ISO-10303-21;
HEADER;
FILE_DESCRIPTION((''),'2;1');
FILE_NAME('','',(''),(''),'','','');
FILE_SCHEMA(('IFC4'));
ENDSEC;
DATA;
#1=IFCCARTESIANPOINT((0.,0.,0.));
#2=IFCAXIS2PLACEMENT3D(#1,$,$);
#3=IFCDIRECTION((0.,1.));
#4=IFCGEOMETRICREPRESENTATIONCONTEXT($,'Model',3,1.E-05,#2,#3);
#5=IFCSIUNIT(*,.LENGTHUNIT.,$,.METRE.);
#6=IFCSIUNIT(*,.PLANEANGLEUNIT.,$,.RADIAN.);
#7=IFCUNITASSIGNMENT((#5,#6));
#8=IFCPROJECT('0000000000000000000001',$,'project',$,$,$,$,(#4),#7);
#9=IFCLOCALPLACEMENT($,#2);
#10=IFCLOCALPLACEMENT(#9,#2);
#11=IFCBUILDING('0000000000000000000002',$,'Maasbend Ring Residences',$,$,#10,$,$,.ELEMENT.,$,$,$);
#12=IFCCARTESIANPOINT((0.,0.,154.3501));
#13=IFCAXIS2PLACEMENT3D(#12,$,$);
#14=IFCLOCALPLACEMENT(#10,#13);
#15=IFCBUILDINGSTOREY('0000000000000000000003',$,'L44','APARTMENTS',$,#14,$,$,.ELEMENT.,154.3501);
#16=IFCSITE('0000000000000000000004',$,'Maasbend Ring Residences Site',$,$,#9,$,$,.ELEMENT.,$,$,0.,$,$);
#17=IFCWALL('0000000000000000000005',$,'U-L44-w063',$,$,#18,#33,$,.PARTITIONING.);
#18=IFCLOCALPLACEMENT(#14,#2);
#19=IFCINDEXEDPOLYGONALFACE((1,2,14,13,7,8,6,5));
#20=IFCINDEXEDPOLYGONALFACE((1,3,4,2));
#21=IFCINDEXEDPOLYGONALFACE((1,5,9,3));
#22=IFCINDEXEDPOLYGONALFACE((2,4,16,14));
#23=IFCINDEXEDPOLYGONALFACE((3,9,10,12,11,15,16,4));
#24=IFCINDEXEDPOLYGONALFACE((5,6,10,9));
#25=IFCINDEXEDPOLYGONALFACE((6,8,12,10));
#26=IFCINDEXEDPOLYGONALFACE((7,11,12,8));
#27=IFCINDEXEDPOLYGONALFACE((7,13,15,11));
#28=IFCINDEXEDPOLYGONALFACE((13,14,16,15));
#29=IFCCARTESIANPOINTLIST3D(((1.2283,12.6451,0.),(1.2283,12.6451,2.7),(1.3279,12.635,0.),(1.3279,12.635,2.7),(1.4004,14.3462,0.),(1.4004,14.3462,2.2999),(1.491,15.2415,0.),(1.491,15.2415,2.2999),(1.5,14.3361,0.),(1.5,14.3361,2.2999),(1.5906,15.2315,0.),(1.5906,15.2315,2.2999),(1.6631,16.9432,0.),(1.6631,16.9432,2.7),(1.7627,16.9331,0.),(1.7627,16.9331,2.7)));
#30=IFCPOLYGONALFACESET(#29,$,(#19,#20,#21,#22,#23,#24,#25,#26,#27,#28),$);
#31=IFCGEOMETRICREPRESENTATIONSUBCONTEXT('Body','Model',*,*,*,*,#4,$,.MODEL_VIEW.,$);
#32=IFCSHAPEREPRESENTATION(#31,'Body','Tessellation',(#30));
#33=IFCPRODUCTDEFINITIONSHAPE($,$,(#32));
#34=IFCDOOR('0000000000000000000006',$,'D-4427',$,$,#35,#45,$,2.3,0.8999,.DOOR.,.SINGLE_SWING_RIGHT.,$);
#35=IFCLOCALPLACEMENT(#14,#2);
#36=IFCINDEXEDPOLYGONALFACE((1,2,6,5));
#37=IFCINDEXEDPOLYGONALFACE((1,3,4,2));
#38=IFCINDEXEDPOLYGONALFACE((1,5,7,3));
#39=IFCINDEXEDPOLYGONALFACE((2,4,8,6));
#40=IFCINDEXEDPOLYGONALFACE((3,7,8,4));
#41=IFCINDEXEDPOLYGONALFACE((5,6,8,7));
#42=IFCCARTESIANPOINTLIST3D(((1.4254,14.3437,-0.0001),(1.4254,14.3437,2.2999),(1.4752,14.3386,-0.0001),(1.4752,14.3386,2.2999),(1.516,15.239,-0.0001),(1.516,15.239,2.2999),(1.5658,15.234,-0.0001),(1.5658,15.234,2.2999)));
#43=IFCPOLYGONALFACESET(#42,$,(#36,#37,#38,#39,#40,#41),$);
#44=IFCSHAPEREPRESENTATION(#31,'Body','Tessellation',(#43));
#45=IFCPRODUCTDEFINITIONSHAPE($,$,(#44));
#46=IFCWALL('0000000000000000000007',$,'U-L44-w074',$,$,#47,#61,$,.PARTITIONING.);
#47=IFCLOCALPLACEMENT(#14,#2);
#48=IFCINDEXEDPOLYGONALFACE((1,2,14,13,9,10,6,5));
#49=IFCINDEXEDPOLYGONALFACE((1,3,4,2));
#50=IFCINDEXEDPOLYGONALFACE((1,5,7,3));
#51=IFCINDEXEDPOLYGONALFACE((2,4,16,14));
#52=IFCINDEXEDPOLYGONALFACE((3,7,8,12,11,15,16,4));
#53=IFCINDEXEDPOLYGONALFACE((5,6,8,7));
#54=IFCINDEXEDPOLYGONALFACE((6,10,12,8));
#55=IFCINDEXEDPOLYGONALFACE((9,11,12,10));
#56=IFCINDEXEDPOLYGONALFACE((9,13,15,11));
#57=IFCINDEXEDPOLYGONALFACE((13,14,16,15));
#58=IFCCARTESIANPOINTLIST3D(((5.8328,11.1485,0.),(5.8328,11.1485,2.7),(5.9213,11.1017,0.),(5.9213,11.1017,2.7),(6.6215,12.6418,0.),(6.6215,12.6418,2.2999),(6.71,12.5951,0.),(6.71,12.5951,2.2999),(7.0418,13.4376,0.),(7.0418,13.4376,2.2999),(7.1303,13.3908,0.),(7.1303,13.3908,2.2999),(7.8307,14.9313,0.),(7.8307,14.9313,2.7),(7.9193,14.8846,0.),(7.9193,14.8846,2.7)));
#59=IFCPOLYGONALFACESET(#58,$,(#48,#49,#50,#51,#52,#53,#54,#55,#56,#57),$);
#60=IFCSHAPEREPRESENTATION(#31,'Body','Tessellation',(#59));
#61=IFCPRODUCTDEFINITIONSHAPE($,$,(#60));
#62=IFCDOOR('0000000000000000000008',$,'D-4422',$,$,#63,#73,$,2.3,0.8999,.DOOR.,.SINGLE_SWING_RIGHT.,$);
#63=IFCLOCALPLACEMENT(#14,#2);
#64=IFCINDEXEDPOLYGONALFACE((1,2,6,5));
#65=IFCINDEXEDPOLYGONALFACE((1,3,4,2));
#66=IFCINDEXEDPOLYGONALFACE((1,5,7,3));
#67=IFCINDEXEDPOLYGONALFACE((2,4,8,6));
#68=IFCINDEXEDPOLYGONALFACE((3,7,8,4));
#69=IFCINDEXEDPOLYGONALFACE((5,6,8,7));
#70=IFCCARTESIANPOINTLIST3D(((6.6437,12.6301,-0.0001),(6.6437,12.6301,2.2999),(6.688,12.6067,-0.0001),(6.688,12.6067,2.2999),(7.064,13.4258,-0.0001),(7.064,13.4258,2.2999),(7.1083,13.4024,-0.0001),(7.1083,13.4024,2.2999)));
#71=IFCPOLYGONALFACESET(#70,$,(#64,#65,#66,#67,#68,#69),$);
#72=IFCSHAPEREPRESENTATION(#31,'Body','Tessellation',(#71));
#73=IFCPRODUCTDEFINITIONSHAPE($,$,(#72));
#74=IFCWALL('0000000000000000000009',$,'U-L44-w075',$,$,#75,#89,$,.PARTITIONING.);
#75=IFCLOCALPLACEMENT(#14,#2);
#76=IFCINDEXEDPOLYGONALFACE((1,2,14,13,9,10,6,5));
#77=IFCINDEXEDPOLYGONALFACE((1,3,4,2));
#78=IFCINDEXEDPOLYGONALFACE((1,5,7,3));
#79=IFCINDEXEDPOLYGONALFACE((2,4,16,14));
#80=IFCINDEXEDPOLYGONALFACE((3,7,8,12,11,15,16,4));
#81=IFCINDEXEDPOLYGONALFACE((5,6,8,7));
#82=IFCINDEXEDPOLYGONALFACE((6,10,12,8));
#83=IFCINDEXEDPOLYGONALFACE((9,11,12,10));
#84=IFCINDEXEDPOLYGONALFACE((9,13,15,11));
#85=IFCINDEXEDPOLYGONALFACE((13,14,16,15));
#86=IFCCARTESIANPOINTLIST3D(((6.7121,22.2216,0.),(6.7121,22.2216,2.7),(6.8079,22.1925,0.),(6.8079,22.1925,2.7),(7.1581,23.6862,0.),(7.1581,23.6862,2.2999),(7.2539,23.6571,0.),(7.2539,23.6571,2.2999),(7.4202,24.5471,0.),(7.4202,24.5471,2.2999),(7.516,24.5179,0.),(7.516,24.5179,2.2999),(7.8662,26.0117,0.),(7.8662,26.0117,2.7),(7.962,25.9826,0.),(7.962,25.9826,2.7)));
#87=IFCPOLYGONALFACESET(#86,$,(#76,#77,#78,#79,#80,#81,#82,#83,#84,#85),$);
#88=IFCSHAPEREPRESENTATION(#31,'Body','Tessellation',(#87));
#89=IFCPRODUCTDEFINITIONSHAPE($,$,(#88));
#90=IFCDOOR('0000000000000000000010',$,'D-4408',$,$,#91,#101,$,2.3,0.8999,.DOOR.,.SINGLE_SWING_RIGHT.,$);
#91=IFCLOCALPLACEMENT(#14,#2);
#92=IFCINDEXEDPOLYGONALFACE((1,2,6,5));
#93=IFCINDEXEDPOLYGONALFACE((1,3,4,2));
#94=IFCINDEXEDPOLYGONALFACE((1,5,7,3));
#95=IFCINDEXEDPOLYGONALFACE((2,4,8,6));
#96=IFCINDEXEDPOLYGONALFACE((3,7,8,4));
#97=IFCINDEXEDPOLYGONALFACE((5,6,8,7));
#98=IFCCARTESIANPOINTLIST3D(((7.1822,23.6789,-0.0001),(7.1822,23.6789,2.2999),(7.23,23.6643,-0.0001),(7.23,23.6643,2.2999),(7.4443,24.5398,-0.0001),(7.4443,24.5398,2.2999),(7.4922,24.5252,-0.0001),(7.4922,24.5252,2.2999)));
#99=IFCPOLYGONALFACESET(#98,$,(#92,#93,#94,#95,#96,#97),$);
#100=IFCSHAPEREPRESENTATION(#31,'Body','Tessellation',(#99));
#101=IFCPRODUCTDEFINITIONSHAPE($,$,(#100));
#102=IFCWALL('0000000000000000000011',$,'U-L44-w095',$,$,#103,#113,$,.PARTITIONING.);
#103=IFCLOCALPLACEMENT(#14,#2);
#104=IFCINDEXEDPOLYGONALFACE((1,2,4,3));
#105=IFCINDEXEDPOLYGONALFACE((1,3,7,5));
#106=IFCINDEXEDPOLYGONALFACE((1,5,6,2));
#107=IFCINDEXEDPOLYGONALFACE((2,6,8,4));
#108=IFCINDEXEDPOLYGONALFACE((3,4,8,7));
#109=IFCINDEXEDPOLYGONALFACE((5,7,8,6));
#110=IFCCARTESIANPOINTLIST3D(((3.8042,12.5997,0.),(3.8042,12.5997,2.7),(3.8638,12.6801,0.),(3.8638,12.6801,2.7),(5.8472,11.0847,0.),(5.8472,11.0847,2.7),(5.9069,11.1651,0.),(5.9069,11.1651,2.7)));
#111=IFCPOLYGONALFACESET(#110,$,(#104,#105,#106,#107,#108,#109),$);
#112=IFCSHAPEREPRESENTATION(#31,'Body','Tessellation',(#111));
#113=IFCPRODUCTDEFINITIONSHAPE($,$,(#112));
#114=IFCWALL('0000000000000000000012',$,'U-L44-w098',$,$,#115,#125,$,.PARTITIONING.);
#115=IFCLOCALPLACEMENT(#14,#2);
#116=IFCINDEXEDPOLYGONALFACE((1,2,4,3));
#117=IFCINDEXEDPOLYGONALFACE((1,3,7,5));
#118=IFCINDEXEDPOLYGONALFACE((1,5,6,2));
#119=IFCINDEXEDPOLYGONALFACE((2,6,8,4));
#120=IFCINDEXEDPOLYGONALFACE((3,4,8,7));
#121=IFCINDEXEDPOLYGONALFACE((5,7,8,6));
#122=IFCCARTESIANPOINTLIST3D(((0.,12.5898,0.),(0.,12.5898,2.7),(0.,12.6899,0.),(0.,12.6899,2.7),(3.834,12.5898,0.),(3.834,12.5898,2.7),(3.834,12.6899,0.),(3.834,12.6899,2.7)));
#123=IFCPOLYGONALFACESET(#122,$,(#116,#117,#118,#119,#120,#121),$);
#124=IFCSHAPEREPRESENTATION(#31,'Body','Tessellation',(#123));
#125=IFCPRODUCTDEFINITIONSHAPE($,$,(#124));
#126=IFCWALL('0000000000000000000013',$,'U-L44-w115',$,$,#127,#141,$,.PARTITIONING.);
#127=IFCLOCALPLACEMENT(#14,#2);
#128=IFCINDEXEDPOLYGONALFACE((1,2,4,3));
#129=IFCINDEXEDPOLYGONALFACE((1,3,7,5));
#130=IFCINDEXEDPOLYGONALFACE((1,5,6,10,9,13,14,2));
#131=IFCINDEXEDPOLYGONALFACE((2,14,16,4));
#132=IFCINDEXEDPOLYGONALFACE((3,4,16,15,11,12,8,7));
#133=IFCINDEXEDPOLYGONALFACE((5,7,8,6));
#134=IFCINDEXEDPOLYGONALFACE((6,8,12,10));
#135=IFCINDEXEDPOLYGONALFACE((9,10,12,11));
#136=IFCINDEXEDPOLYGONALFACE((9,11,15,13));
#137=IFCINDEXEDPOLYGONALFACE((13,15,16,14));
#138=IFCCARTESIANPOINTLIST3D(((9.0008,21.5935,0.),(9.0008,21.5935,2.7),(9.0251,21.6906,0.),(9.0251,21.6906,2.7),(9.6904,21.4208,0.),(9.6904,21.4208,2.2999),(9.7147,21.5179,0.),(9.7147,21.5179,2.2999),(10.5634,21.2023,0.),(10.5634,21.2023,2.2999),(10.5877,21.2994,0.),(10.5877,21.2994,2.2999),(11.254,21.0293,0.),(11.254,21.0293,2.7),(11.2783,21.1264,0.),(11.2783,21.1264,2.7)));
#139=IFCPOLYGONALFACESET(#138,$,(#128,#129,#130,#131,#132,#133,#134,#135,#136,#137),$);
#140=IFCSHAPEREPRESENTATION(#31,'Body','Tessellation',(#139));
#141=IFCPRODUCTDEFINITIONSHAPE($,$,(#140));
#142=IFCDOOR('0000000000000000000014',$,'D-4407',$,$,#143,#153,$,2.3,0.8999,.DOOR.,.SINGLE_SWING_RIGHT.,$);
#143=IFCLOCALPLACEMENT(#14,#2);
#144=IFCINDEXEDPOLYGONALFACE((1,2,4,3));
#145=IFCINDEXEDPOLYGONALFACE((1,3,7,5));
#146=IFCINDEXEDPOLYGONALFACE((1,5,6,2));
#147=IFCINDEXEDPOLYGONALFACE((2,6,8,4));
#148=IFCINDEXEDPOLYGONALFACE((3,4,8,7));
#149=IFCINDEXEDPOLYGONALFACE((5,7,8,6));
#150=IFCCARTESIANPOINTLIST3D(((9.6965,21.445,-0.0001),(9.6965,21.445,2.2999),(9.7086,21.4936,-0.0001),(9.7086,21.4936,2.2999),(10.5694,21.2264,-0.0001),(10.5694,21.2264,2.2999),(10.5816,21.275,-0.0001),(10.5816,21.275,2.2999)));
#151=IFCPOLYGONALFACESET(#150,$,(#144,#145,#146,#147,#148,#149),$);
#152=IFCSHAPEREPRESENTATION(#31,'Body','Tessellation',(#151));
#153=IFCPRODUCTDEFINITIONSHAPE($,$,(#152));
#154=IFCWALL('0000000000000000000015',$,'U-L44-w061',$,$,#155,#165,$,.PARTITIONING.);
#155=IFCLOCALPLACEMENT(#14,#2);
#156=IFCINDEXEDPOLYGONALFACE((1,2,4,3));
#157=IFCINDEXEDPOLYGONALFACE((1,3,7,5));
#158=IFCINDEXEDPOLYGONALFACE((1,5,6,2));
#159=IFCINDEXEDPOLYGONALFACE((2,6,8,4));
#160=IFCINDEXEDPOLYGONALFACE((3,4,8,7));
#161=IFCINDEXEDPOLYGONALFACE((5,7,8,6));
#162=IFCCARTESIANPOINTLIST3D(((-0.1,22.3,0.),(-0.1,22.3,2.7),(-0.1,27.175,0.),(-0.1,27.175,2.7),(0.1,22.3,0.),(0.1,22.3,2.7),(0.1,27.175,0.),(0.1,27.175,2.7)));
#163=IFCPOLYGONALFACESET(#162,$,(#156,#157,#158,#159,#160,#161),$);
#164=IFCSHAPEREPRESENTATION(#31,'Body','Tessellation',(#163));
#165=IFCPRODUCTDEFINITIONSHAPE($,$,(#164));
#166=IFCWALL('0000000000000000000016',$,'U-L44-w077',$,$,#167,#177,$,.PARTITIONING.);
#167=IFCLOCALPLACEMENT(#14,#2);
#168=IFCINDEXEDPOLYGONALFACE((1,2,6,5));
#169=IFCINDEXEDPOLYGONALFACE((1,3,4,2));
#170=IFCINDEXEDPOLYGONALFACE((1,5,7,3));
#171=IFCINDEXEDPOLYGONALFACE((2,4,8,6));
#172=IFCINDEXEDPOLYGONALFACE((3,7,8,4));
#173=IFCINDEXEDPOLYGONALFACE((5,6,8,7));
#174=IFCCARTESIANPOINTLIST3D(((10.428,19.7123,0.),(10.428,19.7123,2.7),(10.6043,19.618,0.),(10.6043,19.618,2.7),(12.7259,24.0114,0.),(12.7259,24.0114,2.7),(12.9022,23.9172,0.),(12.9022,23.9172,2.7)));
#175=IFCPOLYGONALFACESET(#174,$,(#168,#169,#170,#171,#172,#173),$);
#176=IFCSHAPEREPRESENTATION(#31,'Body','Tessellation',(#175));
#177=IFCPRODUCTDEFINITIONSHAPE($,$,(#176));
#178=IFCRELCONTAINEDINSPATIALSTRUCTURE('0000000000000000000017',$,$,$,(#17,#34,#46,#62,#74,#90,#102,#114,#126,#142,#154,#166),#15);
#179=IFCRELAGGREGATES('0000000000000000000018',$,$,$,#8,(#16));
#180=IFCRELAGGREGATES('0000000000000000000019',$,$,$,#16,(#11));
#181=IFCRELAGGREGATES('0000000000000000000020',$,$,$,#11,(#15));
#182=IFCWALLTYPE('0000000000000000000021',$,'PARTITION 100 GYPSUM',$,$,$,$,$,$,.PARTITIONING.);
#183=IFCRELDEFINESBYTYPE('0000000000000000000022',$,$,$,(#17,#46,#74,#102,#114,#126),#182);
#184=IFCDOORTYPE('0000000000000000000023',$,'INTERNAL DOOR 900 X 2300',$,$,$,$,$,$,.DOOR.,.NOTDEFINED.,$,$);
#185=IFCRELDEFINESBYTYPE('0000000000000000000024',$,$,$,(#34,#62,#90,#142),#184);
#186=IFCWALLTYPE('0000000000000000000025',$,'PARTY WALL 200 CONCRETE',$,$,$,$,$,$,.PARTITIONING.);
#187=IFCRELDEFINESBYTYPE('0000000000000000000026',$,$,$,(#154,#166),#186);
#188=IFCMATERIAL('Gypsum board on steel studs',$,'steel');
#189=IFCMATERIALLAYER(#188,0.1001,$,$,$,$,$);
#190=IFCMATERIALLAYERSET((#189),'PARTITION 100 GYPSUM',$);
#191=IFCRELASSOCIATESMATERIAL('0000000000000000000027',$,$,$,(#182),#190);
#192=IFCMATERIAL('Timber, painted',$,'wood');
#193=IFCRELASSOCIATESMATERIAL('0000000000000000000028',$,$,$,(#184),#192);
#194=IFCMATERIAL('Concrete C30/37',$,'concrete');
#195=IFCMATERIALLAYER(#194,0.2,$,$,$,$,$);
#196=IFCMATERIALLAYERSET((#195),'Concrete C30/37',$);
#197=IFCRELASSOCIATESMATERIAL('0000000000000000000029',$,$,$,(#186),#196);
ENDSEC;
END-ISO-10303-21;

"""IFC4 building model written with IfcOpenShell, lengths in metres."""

from ifc_helpers import new_model, si_unit, direction, frame, frame_2d, origin, place, context, subcontext, project, spatial, rectangle, extrude, material, layer, layer_set, type_object, element, fill, save


model = new_model("IFC4")

# Units and contexts
model_context = context("Model", 3, precision=1e-05, world=origin(), true_north=direction((0.0, 1.0)))
body_context = subcontext(model_context, "Body", "Model", "MODEL_VIEW")
ifc_project = project(units=[si_unit("LENGTHUNIT", "METRE"), si_unit("PLANEANGLEUNIT", "RADIAN")], contexts=[model_context])

# Site, building, storey
site_placement = place(None, origin())
site = spatial("IfcSite", under=ifc_project, at=site_placement, Name="Maasbend Ring Residences Site", CompositionType="ELEMENT", RefElevation=0.0)
building_placement = place(site_placement, origin())
building = spatial("IfcBuilding", under=site, at=building_placement, Name="Maasbend Ring Residences", CompositionType="ELEMENT")
storey_placement = place(building_placement, frame((0.0, 0.0, 154.3501)))
storey = spatial("IfcBuildingStorey", under=building, at=storey_placement, Name="L44", Description="APARTMENTS", CompositionType="ELEMENT", Elevation=154.3501)

# Shared definitions
ifc_material_1 = material(Name="Gypsum board on steel studs", Category="steel")
ifc_layer_1 = layer(ifc_material_1, 0.1001)
ifc_layer_set_1 = layer_set([ifc_layer_1], Name="PARTITION 100 GYPSUM")
wall_type_1 = type_object("IfcWallType", Name="PARTITION 100 GYPSUM", PredefinedType="PARTITIONING", material=ifc_layer_set_1)

# Walls, openings, doors
wall_1_placement = place(storey_placement, frame((1.2781, 12.6399, 0.0), z_axis=(0.0, 0.0, 1.0), x_axis=(0.100651, 0.994922, 0.0)))
wall_1 = element("IfcWall", 1, at=wall_1_placement, inside=storey, type_object=wall_type_1, Name="U-L44-w063", PredefinedType="PARTITIONING", context=body_context, shape_type="SweptSolid", body=[
    extrude(rectangle(XDim=4.3201, YDim=0.1001, at=frame_2d((2.1602, 0.0))), origin(), (0.0, 0.0, 1.0), 2.7),
])
opening_1_placement = place(wall_1_placement, frame((1.71, 0.0, 0.0)))
opening_1 = element("IfcOpeningElement", 2, at=opening_1_placement, cuts=wall_1, PredefinedType="OPENING", context=body_context, shape_type="SweptSolid", body=[
    extrude(rectangle(XDim=0.8999, YDim=2.3, at=frame_2d((0.45, 1.1499))), frame((0.0, 0.0601, 0.0), z_axis=(0.0, -1.0, 0.0), x_axis=(1.0, 0.0, 0.0)), (0.0, 0.0, 1.0), 0.1201),
])
ifc_material_2 = material(Name="Timber, painted", Category="wood")
door_type_1 = type_object("IfcDoorType", Name="INTERNAL DOOR 900 X 2300", OperationType="NOTDEFINED", PredefinedType="DOOR", material=ifc_material_2)
door_1_placement = place(opening_1_placement, origin())
door_1 = element("IfcDoor", 3, at=door_1_placement, inside=storey, type_object=door_type_1, Name="D-4427", OperationType="SINGLE_SWING_RIGHT", OverallHeight=2.3, OverallWidth=0.8999, PredefinedType="DOOR", context=body_context, shape_type="SweptSolid", body=[
    extrude(rectangle(XDim=0.8999, YDim=2.3, at=frame_2d((0.45, 1.1499))), frame((0.0, 0.0249, 0.0), z_axis=(0.0, -1.0, 0.0), x_axis=(1.0, 0.0, 0.0)), (0.0, 0.0, 1.0), 0.05),
])
fill(opening_1, door_1)
wall_2_placement = place(storey_placement, frame((5.877, 11.125, 0.0), z_axis=(0.0, 0.0, 1.0), x_axis=(0.46703, 0.884241, 0.0)))
wall_2 = element("IfcWall", 4, at=wall_2_placement, inside=storey, type_object=wall_type_1, Name="U-L44-w074", PredefinedType="PARTITIONING", context=body_context, shape_type="SweptSolid", body=[
    extrude(rectangle(XDim=4.2781, YDim=0.1001, at=frame_2d((2.1392, 0.0))), origin(), (0.0, 0.0, 1.0), 2.7),
])
opening_2_placement = place(wall_2_placement, frame((1.689, 0.0, 0.0)))
opening_2 = element("IfcOpeningElement", 5, at=opening_2_placement, cuts=wall_2, PredefinedType="OPENING", context=body_context, shape_type="SweptSolid", body=[
    extrude(rectangle(XDim=0.8999, YDim=2.3, at=frame_2d((0.45, 1.1499))), frame((0.0, 0.0601, 0.0), z_axis=(0.0, -1.0, 0.0), x_axis=(1.0, 0.0, 0.0)), (0.0, 0.0, 1.0), 0.1201),
])
door_2_placement = place(opening_2_placement, origin())
door_2 = element("IfcDoor", 6, at=door_2_placement, inside=storey, type_object=door_type_1, Name="D-4422", OperationType="SINGLE_SWING_RIGHT", OverallHeight=2.3, OverallWidth=0.8999, PredefinedType="DOOR", context=body_context, shape_type="SweptSolid", body=[
    extrude(rectangle(XDim=0.8999, YDim=2.3, at=frame_2d((0.45, 1.1499))), frame((0.0, 0.0249, 0.0), z_axis=(0.0, -1.0, 0.0), x_axis=(1.0, 0.0, 0.0)), (0.0, 0.0, 1.0), 0.05),
])
fill(opening_2, door_2)
wall_3_placement = place(storey_placement, frame((6.76, 22.207, 0.0), z_axis=(0.0, 0.0, 1.0), x_axis=(0.291292, 0.956634, 0.0)))
wall_3 = element("IfcWall", 7, at=wall_3_placement, inside=storey, type_object=wall_type_1, Name="U-L44-w075", PredefinedType="PARTITIONING", context=body_context, shape_type="SweptSolid", body=[
    extrude(rectangle(XDim=3.9619, YDim=0.1001, at=frame_2d((1.981, 0.0))), origin(), (0.0, 0.0, 1.0), 2.7),
])
opening_3_placement = place(wall_3_placement, frame((1.531, 0.0, 0.0)))
opening_3 = element("IfcOpeningElement", 8, at=opening_3_placement, cuts=wall_3, PredefinedType="OPENING", context=body_context, shape_type="SweptSolid", body=[
    extrude(rectangle(XDim=0.8999, YDim=2.3, at=frame_2d((0.45, 1.1499))), frame((0.0, 0.0601, 0.0), z_axis=(0.0, -1.0, 0.0), x_axis=(1.0, 0.0, 0.0)), (0.0, 0.0, 1.0), 0.1201),
])
door_3_placement = place(opening_3_placement, origin())
door_3 = element("IfcDoor", 9, at=door_3_placement, inside=storey, type_object=door_type_1, Name="D-4408", OperationType="SINGLE_SWING_RIGHT", OverallHeight=2.3, OverallWidth=0.8999, PredefinedType="DOOR", context=body_context, shape_type="SweptSolid", body=[
    extrude(rectangle(XDim=0.8999, YDim=2.3, at=frame_2d((0.45, 1.1499))), frame((0.0, 0.0249, 0.0), z_axis=(0.0, -1.0, 0.0), x_axis=(1.0, 0.0, 0.0)), (0.0, 0.0, 1.0), 0.05),
])
fill(opening_3, door_3)

# Walls
wall_4_placement = place(storey_placement, frame((3.834, 12.6399, 0.0), z_axis=(0.0, 0.0, 1.0), x_axis=(0.80326, -0.595629, 0.0)))
element("IfcWall", 10, at=wall_4_placement, inside=storey, type_object=wall_type_1, Name="U-L44-w095", PredefinedType="PARTITIONING", context=body_context, shape_type="SweptSolid", body=[
    extrude(rectangle(XDim=2.5435, YDim=0.1001, at=frame_2d((1.2717, 0.0))), origin(), (0.0, 0.0, 1.0), 2.7),
])
wall_5_placement = place(storey_placement, frame((0.0, 12.6399, 0.0), z_axis=(0.0, 0.0, 1.0), x_axis=(1.0, 0.0, 0.0)))
element("IfcWall", 11, at=wall_5_placement, inside=storey, type_object=wall_type_1, Name="U-L44-w098", PredefinedType="PARTITIONING", context=body_context, shape_type="SweptSolid", body=[
    extrude(rectangle(XDim=3.834, YDim=0.1001, at=frame_2d((1.917, 0.0))), origin(), (0.0, 0.0, 1.0), 2.7),
])

# Wall, opening, door
wall_6_placement = place(storey_placement, frame((9.0129, 21.6421, 0.0), z_axis=(0.0, 0.0, 1.0), x_axis=(0.97005, -0.242907, 0.0)))
wall_6 = element("IfcWall", 12, at=wall_6_placement, inside=storey, type_object=wall_type_1, Name="U-L44-w115", PredefinedType="PARTITIONING", context=body_context, shape_type="SweptSolid", body=[
    extrude(rectangle(XDim=2.3228, YDim=0.1001, at=frame_2d((1.1614, 0.0))), origin(), (0.0, 0.0, 1.0), 2.7),
])
opening_4_placement = place(wall_6_placement, frame((0.7109, 0.0, 0.0)))
opening_4 = element("IfcOpeningElement", 13, at=opening_4_placement, cuts=wall_6, PredefinedType="OPENING", context=body_context, shape_type="SweptSolid", body=[
    extrude(rectangle(XDim=0.8999, YDim=2.3, at=frame_2d((0.45, 1.1499))), frame((0.0, 0.0601, 0.0), z_axis=(0.0, -1.0, 0.0), x_axis=(1.0, 0.0, 0.0)), (0.0, 0.0, 1.0), 0.1201),
])
door_4_placement = place(opening_4_placement, origin())
door_4 = element("IfcDoor", 14, at=door_4_placement, inside=storey, type_object=door_type_1, Name="D-4407", OperationType="SINGLE_SWING_RIGHT", OverallHeight=2.3, OverallWidth=0.8999, PredefinedType="DOOR", context=body_context, shape_type="SweptSolid", body=[
    extrude(rectangle(XDim=0.8999, YDim=2.3, at=frame_2d((0.45, 1.1499))), frame((0.0, 0.0249, 0.0), z_axis=(0.0, -1.0, 0.0), x_axis=(1.0, 0.0, 0.0)), (0.0, 0.0, 1.0), 0.05),
])
fill(opening_4, door_4)

# Walls
ifc_material_3 = material(Name="Concrete C30/37", Category="concrete")
ifc_layer_2 = layer(ifc_material_3, 0.2)
ifc_layer_set_2 = layer_set([ifc_layer_2], Name="Concrete C30/37")
wall_type_2 = type_object("IfcWallType", Name="PARTY WALL 200 CONCRETE", PredefinedType="PARTITIONING", material=ifc_layer_set_2)
wall_7_placement = place(storey_placement, frame((0.0, 22.3, 0.0), z_axis=(0.0, 0.0, 1.0), x_axis=(0.0, 1.0, 0.0)))
element("IfcWall", 15, at=wall_7_placement, inside=storey, type_object=wall_type_2, Name="U-L44-w061", PredefinedType="PARTITIONING", context=body_context, shape_type="SweptSolid", body=[
    extrude(rectangle(XDim=4.875, YDim=0.2, at=frame_2d((2.4375, 0.0))), origin(), (0.0, 0.0, 1.0), 2.7),
])
wall_8_placement = place(storey_placement, frame((10.5161, 19.665, 0.0), z_axis=(0.0, 0.0, 1.0), x_axis=(0.471389, 0.881926, 0.0)))
element("IfcWall", 16, at=wall_8_placement, inside=storey, type_object=wall_type_2, Name="U-L44-w077", PredefinedType="PARTITIONING", context=body_context, shape_type="SweptSolid", body=[
    extrude(rectangle(XDim=4.8748, YDim=0.2, at=frame_2d((2.4375, 0.0))), origin(), (0.0, 0.0, 1.0), 2.7),
])

save(model, "model.ifc")
